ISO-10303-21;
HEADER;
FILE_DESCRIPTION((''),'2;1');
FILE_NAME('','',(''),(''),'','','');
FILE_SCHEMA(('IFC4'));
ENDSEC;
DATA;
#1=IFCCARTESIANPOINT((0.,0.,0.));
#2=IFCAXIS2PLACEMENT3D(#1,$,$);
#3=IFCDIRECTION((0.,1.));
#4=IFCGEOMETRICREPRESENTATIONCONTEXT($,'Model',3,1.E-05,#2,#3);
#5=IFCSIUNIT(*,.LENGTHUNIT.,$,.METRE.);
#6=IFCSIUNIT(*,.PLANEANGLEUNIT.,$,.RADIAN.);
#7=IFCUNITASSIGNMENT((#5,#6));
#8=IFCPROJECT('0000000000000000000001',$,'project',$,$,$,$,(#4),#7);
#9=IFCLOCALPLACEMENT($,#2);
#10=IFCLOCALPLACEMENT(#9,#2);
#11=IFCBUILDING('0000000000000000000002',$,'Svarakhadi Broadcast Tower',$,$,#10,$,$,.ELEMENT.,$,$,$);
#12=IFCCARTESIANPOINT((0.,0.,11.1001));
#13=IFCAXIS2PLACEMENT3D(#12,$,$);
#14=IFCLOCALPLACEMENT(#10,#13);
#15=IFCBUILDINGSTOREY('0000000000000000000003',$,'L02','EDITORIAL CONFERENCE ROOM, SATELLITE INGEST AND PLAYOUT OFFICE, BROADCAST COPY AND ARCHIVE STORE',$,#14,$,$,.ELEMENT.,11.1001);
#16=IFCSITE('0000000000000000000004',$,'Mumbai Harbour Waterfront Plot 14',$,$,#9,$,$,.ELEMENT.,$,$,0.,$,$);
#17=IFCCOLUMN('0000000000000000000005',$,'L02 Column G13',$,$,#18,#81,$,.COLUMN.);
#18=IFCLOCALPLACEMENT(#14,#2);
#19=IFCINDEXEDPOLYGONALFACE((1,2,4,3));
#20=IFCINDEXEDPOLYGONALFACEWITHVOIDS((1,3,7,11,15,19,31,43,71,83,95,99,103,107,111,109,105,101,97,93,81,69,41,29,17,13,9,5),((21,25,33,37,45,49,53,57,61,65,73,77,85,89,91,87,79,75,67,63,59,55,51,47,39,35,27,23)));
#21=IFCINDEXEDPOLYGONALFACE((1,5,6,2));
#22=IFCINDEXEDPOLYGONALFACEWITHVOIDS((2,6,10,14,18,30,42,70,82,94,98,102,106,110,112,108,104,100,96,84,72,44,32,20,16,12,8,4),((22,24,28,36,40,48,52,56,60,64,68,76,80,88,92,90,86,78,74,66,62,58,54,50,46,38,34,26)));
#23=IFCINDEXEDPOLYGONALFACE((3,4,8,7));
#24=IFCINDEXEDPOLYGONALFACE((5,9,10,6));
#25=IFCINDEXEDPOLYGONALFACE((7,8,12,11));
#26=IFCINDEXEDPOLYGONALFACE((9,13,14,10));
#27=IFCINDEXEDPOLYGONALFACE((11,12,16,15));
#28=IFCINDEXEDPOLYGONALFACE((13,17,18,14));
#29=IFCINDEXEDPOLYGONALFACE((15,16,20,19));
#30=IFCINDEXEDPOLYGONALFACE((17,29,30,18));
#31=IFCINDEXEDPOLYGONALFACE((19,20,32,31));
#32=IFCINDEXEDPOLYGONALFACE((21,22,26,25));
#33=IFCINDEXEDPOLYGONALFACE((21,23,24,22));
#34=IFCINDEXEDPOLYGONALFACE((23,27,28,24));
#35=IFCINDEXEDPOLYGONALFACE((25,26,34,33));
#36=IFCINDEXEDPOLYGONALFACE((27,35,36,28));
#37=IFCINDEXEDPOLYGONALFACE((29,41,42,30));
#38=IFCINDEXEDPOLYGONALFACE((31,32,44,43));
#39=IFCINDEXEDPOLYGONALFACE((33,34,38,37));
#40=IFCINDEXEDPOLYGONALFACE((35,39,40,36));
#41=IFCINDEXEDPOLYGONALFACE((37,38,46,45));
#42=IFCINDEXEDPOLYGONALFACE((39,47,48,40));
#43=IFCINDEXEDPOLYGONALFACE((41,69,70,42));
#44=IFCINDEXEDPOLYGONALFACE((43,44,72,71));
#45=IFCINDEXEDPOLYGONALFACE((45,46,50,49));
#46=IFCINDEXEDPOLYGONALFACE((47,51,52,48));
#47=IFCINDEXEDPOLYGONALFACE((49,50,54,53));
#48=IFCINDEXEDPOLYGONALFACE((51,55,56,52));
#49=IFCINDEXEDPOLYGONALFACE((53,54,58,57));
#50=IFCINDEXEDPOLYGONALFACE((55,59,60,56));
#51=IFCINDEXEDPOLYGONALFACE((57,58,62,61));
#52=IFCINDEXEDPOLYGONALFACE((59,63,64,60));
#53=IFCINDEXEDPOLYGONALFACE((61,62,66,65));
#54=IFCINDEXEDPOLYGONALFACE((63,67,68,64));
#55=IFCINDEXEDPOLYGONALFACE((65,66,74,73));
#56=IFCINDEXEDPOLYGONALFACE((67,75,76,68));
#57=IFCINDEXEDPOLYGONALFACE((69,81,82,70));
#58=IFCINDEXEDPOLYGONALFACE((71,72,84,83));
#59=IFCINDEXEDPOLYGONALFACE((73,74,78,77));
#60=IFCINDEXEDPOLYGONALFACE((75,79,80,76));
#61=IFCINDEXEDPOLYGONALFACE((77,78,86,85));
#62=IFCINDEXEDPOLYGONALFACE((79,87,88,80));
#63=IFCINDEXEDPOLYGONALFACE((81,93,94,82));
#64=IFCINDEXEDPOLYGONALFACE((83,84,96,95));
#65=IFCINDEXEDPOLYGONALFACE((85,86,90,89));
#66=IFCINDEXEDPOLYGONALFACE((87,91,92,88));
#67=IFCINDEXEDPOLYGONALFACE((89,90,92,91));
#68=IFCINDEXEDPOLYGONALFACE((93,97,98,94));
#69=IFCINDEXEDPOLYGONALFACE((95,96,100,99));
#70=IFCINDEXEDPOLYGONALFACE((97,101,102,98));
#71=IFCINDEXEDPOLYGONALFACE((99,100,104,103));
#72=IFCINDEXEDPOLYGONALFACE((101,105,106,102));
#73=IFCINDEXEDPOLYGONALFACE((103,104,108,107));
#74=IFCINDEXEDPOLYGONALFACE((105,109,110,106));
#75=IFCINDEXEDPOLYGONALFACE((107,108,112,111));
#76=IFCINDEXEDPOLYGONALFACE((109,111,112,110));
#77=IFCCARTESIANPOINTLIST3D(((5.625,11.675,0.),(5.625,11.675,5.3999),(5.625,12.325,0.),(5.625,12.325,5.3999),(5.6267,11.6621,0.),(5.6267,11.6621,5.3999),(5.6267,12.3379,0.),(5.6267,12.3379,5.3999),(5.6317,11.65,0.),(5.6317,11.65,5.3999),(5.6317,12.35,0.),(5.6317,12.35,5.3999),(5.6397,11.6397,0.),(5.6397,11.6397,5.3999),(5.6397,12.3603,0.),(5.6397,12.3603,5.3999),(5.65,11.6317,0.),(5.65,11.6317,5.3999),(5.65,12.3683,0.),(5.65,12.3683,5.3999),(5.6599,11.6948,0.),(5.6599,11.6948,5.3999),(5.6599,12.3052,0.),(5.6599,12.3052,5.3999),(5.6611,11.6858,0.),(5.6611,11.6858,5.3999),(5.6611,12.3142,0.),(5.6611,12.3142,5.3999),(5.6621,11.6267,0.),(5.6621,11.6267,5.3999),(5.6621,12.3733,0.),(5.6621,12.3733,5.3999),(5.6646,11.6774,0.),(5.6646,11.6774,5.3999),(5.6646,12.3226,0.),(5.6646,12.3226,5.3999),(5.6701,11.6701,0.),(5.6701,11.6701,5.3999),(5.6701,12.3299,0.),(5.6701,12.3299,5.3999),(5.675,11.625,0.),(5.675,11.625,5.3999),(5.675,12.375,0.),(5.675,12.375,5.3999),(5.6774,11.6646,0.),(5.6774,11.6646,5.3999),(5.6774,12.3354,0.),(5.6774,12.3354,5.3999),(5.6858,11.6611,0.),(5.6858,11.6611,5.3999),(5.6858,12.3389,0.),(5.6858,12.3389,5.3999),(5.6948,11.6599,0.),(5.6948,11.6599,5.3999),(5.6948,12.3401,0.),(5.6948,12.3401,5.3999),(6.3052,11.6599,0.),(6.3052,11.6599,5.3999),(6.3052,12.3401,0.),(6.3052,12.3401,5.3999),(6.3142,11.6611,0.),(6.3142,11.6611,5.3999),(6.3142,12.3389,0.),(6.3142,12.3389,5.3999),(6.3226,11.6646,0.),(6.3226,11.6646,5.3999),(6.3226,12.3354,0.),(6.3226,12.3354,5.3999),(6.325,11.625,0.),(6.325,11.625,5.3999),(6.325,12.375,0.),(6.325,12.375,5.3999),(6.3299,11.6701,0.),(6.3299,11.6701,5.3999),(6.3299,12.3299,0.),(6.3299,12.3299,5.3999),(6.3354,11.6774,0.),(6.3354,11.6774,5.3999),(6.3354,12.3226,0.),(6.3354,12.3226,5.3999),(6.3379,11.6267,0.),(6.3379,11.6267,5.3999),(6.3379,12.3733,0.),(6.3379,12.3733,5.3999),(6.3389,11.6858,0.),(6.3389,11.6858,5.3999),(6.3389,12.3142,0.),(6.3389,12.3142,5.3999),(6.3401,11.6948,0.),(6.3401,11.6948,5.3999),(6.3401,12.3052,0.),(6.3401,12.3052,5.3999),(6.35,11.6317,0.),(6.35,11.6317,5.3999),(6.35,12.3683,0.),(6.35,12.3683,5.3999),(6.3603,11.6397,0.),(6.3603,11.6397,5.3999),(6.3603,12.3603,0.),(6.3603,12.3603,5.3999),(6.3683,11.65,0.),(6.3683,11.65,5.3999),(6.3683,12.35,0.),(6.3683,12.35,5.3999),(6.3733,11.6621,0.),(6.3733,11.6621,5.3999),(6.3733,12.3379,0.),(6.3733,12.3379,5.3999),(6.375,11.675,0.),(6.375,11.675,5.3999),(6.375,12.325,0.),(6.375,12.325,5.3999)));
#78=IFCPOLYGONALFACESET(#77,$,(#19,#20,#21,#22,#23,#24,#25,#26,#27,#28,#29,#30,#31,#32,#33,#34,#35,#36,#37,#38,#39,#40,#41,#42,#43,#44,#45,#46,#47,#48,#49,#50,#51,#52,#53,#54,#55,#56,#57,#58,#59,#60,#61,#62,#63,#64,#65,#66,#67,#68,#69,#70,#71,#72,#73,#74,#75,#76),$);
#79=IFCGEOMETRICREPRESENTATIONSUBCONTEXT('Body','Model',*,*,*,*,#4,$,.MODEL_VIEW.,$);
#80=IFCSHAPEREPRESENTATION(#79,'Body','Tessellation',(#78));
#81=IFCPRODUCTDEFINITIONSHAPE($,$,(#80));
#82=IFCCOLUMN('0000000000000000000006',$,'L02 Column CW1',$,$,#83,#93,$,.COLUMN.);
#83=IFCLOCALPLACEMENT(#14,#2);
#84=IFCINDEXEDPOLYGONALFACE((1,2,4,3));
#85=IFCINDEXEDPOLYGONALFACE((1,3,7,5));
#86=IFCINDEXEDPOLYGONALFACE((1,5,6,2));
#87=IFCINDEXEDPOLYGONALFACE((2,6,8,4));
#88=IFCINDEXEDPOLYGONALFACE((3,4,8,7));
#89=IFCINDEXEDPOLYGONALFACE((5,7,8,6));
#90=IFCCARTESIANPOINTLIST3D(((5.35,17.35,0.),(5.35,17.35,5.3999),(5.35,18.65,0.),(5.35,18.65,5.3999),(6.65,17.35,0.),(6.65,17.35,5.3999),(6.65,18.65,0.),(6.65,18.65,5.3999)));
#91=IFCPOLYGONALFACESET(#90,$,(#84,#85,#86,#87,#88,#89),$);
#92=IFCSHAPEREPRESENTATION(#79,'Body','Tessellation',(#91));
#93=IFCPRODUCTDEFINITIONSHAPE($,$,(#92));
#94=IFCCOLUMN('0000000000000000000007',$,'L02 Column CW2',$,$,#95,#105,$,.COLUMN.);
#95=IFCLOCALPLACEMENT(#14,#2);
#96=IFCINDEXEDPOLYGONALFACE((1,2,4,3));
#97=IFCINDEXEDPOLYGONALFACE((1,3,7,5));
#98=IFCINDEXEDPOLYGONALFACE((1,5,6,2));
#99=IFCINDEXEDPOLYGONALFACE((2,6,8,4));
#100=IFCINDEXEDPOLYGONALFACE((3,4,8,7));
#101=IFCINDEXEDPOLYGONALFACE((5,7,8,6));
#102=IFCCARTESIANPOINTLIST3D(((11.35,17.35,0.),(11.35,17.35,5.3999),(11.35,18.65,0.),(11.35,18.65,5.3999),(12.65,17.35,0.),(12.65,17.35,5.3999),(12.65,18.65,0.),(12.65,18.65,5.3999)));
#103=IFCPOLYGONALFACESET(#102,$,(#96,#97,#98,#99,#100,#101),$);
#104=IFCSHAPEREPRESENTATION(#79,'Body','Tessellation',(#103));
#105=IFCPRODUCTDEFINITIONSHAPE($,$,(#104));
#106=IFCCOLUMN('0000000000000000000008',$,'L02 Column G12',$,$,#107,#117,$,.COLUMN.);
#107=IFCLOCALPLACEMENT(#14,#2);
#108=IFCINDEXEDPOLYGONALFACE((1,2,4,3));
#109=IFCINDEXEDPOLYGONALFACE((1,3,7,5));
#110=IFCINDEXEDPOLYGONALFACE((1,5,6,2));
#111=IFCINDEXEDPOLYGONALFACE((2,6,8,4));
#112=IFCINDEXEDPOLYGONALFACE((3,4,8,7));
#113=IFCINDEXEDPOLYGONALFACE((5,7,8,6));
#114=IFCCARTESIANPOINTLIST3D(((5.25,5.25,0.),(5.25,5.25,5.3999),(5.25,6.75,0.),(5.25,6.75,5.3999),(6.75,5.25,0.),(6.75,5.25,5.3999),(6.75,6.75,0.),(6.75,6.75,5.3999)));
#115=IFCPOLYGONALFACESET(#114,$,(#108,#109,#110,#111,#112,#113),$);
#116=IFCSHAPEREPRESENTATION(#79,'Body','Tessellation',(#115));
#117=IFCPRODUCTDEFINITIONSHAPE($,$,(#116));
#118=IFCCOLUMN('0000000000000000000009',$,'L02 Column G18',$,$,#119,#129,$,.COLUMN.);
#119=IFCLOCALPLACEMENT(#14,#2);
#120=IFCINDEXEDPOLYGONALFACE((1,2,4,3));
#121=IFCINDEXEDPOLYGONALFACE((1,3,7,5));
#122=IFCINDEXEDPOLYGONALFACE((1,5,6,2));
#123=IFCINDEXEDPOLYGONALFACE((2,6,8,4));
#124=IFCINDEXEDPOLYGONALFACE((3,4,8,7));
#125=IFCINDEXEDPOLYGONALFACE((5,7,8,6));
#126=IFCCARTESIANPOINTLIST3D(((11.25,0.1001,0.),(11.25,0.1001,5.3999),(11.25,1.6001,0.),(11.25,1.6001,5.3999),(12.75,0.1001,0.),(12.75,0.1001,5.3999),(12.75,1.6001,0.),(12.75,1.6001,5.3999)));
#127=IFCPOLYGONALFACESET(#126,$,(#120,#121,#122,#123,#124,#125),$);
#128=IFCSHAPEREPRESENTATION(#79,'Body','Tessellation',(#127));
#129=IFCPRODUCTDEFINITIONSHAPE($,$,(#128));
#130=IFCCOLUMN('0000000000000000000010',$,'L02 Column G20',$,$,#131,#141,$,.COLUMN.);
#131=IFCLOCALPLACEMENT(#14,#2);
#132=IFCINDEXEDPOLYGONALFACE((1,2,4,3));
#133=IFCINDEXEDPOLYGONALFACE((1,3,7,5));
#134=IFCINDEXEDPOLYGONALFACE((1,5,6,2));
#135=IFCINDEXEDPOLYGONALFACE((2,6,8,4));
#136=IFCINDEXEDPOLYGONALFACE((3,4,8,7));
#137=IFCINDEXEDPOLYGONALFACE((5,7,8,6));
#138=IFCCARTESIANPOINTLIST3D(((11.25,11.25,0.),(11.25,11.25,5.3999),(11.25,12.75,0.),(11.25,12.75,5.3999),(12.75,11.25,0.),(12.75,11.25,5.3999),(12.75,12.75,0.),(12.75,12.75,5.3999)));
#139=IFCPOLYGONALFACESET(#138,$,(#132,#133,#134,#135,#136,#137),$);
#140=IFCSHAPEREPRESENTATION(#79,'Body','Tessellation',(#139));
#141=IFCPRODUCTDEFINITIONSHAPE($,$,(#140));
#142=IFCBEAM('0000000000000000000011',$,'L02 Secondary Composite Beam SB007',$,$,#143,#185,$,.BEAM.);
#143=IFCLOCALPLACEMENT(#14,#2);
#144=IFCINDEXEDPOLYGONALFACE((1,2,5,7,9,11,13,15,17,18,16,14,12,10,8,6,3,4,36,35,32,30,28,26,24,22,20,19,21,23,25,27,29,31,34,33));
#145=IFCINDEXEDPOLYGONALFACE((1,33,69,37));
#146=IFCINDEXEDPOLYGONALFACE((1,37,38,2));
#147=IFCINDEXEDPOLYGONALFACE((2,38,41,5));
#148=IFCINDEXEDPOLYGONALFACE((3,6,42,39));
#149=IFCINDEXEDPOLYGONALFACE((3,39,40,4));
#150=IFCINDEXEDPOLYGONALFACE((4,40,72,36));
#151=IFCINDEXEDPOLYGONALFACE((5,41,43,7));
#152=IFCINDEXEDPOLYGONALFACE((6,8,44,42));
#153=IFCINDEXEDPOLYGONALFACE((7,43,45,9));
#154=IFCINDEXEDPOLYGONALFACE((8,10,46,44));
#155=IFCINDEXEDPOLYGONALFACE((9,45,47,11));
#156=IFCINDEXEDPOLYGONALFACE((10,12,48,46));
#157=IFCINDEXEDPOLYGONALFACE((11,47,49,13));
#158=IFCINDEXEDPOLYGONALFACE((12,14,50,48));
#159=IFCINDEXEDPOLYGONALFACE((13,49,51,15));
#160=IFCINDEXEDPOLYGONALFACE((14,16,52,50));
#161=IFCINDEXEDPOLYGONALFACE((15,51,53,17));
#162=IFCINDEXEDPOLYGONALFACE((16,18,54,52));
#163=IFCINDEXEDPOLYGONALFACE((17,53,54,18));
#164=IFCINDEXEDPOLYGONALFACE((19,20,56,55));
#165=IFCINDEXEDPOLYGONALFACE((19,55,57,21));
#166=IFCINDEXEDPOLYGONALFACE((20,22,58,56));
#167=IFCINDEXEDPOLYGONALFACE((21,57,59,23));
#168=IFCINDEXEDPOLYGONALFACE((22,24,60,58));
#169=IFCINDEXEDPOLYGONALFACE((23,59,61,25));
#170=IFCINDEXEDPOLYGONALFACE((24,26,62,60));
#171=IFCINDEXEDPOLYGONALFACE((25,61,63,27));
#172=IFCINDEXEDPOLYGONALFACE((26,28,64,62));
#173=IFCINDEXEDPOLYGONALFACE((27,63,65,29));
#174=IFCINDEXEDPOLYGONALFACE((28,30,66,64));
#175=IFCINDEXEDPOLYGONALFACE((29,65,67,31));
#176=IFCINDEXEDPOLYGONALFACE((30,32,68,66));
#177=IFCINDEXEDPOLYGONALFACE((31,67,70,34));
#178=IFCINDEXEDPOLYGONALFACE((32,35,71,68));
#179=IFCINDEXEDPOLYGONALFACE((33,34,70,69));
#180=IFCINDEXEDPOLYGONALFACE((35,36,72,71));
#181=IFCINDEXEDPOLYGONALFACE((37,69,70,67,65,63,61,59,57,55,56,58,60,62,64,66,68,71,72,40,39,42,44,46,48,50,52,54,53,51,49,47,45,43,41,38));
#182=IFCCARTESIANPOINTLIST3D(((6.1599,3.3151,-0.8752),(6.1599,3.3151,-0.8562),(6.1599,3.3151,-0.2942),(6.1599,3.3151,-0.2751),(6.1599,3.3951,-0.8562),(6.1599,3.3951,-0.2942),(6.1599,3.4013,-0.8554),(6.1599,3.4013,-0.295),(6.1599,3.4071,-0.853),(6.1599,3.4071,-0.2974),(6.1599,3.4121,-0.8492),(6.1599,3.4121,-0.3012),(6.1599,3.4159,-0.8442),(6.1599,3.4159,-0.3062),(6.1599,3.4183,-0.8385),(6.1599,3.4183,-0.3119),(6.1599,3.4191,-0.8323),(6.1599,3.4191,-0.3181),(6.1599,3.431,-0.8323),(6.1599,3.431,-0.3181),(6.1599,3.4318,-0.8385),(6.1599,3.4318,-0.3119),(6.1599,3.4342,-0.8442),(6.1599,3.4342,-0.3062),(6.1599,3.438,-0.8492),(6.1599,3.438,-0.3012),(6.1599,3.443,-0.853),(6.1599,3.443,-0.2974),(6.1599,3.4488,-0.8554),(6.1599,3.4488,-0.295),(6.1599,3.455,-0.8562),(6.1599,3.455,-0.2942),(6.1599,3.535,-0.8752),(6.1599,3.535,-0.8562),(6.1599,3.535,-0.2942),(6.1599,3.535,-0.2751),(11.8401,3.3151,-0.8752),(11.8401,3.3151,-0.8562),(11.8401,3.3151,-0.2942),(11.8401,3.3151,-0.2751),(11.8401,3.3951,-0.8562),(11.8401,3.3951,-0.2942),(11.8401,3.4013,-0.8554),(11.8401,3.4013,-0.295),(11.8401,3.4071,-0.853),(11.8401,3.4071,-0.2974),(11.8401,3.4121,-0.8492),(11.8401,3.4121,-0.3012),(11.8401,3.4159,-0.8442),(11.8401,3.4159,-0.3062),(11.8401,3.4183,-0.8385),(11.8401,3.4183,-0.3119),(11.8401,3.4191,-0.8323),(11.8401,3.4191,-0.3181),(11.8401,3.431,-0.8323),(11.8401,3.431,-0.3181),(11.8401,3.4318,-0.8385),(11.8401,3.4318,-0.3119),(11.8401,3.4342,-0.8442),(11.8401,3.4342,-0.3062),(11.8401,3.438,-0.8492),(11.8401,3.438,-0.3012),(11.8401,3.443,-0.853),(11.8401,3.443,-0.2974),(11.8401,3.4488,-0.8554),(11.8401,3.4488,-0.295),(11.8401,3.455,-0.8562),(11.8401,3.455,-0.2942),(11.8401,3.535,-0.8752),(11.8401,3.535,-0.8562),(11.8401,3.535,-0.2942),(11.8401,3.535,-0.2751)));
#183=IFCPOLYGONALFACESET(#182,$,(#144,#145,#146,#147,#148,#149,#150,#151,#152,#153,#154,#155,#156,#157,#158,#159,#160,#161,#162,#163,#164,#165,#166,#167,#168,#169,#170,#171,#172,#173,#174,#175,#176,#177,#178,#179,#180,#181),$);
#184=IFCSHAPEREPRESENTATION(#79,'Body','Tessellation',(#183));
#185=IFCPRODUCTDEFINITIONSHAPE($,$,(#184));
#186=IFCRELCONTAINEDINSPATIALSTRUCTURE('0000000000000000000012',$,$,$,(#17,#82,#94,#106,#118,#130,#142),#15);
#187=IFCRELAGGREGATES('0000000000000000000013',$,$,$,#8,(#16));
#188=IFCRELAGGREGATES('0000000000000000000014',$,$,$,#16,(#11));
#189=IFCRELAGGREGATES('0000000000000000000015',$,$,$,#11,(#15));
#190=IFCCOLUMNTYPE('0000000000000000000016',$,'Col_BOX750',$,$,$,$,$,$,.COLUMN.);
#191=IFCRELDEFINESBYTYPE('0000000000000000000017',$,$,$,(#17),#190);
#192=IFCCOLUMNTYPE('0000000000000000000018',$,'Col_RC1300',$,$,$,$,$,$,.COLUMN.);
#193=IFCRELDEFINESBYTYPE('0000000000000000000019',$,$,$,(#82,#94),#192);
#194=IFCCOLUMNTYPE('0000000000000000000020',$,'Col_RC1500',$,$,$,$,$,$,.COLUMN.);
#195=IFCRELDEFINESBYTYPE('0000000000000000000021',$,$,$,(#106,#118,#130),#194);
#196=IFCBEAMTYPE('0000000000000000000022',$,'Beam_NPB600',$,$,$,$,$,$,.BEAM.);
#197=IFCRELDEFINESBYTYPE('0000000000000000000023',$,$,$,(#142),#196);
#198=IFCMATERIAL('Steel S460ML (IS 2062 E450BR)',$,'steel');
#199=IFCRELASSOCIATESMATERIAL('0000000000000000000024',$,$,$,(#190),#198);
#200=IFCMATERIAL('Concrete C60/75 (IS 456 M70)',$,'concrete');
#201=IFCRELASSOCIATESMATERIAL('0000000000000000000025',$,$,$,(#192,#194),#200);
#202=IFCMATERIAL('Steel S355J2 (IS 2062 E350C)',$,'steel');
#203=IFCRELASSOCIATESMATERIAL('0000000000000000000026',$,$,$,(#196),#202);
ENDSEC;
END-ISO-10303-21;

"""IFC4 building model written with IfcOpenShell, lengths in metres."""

from ifc_helpers import new_model, si_unit, direction, frame, origin, origin_2d, place, context, subcontext, project, spatial, rectangle, hollow_rectangle, i_section, extrude, material, material_profile, profile_set, type_object, element, save


model = new_model("IFC4")

# Units and contexts
model_context = context("Model", 3, precision=1e-05, world=origin(), true_north=direction((0.0, 1.0)))
body_context = subcontext(model_context, "Body", "Model", "MODEL_VIEW")
ifc_project = project(units=[si_unit("LENGTHUNIT", "METRE"), si_unit("PLANEANGLEUNIT", "RADIAN")], contexts=[model_context])

# Site, building, storey
site_placement = place(None, origin())
site = spatial("IfcSite", under=ifc_project, at=site_placement, Name="Mumbai Harbour Waterfront Plot 14", CompositionType="ELEMENT", RefElevation=0.0)
building_placement = place(site_placement, origin())
building = spatial("IfcBuilding", under=site, at=building_placement, Name="Svarakhadi Broadcast Tower", CompositionType="ELEMENT")
storey_placement = place(building_placement, frame((0.0, 0.0, 11.1001)))
storey = spatial("IfcBuildingStorey", under=building, at=storey_placement, Name="L02", Description="EDITORIAL CONFERENCE ROOM, SATELLITE INGEST AND PLAYOUT OFFICE, BROADCAST COPY AND ARCHIVE STORE", CompositionType="ELEMENT", Elevation=11.1001)

# Columns
ifc_material_1 = material(Name="Steel S460ML (IS 2062 E450BR)", Category="steel")
ifc_material_profile_1 = material_profile(ifc_material_1, hollow_rectangle(XDim=0.75, YDim=0.75, WallThickness=0.0349, InnerFilletRadius=0.0349, OuterFilletRadius=0.05, at=origin_2d()), Name="BOX 750x750x35")
ifc_profile_set_1 = profile_set([ifc_material_profile_1], Name="Steel S460ML (IS 2062 E450BR)")
column_type_1 = type_object("IfcColumnType", Name="Col_BOX750", PredefinedType="COLUMN", material=ifc_profile_set_1)
column_placement = place(storey_placement, frame((6.0, 12.0, 0.0), z_axis=(0.0, 0.0, 1.0), x_axis=(1.0, 0.0, 0.0)))
element("IfcColumn", 1, at=column_placement, inside=storey, type_object=column_type_1, Name="L02 Column G13", PredefinedType="COLUMN", context=body_context, shape_type="SweptSolid", body=[
    extrude(hollow_rectangle(XDim=0.75, YDim=0.75, WallThickness=0.0349, InnerFilletRadius=0.0349, OuterFilletRadius=0.05, at=origin_2d()), origin(), (0.0, 0.0, 1.0), 5.3999),
])
ifc_material_2 = material(Name="Concrete C60/75 (IS 456 M70)", Category="concrete")
ifc_material_profile_2 = material_profile(ifc_material_2, rectangle(XDim=1.3, YDim=1.3, at=origin_2d()), Name="RC 1300x1300")
ifc_profile_set_2 = profile_set([ifc_material_profile_2], Name="Concrete C60/75 (IS 456 M70)")
column_type_2 = type_object("IfcColumnType", Name="Col_RC1300", PredefinedType="COLUMN", material=ifc_profile_set_2)
for number, where, z_axis, x_axis, name in (
    (2, (6.0, 18.0, 0.0), (0.0, 0.0, 1.0), (1.0, 0.0, 0.0), "L02 Column CW1"),
    (3, (12.0, 18.0, 0.0), (0.0, 0.0, 1.0), (1.0, 0.0, 0.0), "L02 Column CW2"),
):
    element("IfcColumn", number, at=place(storey_placement, frame(where, z_axis=z_axis, x_axis=x_axis)), inside=storey, type_object=column_type_2, Name=name, PredefinedType="COLUMN", context=body_context, shape_type="SweptSolid", body=[
        extrude(rectangle(XDim=1.3, YDim=1.3, at=origin_2d()), origin(), (0.0, 0.0, 1.0), 5.3999),
    ])
ifc_material_profile_3 = material_profile(ifc_material_2, rectangle(XDim=1.5, YDim=1.5, at=origin_2d()), Name="RC 1500x1500")
ifc_profile_set_3 = profile_set([ifc_material_profile_3], Name="Concrete C60/75 (IS 456 M70)")
column_type_3 = type_object("IfcColumnType", Name="Col_RC1500", PredefinedType="COLUMN", material=ifc_profile_set_3)
for number, where, z_axis, x_axis, name in (
    (4, (6.0, 6.0, 0.0), (0.0, 0.0, 1.0), (1.0, 0.0, 0.0), "L02 Column G12"),
    (5, (12.0, 0.8501, 0.0), (0.0, 0.0, 1.0), (1.0, 0.0, 0.0), "L02 Column G18"),
    (6, (12.0, 12.0, 0.0), (0.0, 0.0, 1.0), (1.0, 0.0, 0.0), "L02 Column G20"),
):
    element("IfcColumn", number, at=place(storey_placement, frame(where, z_axis=z_axis, x_axis=x_axis)), inside=storey, type_object=column_type_3, Name=name, PredefinedType="COLUMN", context=body_context, shape_type="SweptSolid", body=[
        extrude(rectangle(XDim=1.5, YDim=1.5, at=origin_2d()), origin(), (0.0, 0.0, 1.0), 5.3999),
    ])

# Beam
ifc_material_3 = material(Name="Steel S355J2 (IS 2062 E350C)", Category="steel")
ifc_material_profile_4 = material_profile(ifc_material_3, i_section(OverallWidth=0.22, OverallDepth=0.6001, WebThickness=0.012, FlangeThickness=0.019, FilletRadius=0.0239, at=origin_2d()), Name="NPB 600x220x122")
ifc_profile_set_4 = profile_set([ifc_material_profile_4], Name="Steel S355J2 (IS 2062 E350C)")
beam_type_1 = type_object("IfcBeamType", Name="Beam_NPB600", PredefinedType="BEAM", material=ifc_profile_set_4)
for number, where, z_axis, x_axis, name in (
    (7, (6.1599, 3.425, -0.5752), (1.0, 0.0, 0.0), (0.0, 1.0, 0.0), "L02 Secondary Composite Beam SB007"),
):
    element("IfcBeam", number, at=place(storey_placement, frame(where, z_axis=z_axis, x_axis=x_axis)), inside=storey, type_object=beam_type_1, Name=name, PredefinedType="BEAM", context=body_context, shape_type="SweptSolid", body=[
        extrude(i_section(OverallWidth=0.22, OverallDepth=0.6001, WebThickness=0.012, FlangeThickness=0.019, FilletRadius=0.0239, at=origin_2d()), origin(), (0.0, 0.0, 1.0), 5.6802),
    ])

save(model, "model.ifc")
